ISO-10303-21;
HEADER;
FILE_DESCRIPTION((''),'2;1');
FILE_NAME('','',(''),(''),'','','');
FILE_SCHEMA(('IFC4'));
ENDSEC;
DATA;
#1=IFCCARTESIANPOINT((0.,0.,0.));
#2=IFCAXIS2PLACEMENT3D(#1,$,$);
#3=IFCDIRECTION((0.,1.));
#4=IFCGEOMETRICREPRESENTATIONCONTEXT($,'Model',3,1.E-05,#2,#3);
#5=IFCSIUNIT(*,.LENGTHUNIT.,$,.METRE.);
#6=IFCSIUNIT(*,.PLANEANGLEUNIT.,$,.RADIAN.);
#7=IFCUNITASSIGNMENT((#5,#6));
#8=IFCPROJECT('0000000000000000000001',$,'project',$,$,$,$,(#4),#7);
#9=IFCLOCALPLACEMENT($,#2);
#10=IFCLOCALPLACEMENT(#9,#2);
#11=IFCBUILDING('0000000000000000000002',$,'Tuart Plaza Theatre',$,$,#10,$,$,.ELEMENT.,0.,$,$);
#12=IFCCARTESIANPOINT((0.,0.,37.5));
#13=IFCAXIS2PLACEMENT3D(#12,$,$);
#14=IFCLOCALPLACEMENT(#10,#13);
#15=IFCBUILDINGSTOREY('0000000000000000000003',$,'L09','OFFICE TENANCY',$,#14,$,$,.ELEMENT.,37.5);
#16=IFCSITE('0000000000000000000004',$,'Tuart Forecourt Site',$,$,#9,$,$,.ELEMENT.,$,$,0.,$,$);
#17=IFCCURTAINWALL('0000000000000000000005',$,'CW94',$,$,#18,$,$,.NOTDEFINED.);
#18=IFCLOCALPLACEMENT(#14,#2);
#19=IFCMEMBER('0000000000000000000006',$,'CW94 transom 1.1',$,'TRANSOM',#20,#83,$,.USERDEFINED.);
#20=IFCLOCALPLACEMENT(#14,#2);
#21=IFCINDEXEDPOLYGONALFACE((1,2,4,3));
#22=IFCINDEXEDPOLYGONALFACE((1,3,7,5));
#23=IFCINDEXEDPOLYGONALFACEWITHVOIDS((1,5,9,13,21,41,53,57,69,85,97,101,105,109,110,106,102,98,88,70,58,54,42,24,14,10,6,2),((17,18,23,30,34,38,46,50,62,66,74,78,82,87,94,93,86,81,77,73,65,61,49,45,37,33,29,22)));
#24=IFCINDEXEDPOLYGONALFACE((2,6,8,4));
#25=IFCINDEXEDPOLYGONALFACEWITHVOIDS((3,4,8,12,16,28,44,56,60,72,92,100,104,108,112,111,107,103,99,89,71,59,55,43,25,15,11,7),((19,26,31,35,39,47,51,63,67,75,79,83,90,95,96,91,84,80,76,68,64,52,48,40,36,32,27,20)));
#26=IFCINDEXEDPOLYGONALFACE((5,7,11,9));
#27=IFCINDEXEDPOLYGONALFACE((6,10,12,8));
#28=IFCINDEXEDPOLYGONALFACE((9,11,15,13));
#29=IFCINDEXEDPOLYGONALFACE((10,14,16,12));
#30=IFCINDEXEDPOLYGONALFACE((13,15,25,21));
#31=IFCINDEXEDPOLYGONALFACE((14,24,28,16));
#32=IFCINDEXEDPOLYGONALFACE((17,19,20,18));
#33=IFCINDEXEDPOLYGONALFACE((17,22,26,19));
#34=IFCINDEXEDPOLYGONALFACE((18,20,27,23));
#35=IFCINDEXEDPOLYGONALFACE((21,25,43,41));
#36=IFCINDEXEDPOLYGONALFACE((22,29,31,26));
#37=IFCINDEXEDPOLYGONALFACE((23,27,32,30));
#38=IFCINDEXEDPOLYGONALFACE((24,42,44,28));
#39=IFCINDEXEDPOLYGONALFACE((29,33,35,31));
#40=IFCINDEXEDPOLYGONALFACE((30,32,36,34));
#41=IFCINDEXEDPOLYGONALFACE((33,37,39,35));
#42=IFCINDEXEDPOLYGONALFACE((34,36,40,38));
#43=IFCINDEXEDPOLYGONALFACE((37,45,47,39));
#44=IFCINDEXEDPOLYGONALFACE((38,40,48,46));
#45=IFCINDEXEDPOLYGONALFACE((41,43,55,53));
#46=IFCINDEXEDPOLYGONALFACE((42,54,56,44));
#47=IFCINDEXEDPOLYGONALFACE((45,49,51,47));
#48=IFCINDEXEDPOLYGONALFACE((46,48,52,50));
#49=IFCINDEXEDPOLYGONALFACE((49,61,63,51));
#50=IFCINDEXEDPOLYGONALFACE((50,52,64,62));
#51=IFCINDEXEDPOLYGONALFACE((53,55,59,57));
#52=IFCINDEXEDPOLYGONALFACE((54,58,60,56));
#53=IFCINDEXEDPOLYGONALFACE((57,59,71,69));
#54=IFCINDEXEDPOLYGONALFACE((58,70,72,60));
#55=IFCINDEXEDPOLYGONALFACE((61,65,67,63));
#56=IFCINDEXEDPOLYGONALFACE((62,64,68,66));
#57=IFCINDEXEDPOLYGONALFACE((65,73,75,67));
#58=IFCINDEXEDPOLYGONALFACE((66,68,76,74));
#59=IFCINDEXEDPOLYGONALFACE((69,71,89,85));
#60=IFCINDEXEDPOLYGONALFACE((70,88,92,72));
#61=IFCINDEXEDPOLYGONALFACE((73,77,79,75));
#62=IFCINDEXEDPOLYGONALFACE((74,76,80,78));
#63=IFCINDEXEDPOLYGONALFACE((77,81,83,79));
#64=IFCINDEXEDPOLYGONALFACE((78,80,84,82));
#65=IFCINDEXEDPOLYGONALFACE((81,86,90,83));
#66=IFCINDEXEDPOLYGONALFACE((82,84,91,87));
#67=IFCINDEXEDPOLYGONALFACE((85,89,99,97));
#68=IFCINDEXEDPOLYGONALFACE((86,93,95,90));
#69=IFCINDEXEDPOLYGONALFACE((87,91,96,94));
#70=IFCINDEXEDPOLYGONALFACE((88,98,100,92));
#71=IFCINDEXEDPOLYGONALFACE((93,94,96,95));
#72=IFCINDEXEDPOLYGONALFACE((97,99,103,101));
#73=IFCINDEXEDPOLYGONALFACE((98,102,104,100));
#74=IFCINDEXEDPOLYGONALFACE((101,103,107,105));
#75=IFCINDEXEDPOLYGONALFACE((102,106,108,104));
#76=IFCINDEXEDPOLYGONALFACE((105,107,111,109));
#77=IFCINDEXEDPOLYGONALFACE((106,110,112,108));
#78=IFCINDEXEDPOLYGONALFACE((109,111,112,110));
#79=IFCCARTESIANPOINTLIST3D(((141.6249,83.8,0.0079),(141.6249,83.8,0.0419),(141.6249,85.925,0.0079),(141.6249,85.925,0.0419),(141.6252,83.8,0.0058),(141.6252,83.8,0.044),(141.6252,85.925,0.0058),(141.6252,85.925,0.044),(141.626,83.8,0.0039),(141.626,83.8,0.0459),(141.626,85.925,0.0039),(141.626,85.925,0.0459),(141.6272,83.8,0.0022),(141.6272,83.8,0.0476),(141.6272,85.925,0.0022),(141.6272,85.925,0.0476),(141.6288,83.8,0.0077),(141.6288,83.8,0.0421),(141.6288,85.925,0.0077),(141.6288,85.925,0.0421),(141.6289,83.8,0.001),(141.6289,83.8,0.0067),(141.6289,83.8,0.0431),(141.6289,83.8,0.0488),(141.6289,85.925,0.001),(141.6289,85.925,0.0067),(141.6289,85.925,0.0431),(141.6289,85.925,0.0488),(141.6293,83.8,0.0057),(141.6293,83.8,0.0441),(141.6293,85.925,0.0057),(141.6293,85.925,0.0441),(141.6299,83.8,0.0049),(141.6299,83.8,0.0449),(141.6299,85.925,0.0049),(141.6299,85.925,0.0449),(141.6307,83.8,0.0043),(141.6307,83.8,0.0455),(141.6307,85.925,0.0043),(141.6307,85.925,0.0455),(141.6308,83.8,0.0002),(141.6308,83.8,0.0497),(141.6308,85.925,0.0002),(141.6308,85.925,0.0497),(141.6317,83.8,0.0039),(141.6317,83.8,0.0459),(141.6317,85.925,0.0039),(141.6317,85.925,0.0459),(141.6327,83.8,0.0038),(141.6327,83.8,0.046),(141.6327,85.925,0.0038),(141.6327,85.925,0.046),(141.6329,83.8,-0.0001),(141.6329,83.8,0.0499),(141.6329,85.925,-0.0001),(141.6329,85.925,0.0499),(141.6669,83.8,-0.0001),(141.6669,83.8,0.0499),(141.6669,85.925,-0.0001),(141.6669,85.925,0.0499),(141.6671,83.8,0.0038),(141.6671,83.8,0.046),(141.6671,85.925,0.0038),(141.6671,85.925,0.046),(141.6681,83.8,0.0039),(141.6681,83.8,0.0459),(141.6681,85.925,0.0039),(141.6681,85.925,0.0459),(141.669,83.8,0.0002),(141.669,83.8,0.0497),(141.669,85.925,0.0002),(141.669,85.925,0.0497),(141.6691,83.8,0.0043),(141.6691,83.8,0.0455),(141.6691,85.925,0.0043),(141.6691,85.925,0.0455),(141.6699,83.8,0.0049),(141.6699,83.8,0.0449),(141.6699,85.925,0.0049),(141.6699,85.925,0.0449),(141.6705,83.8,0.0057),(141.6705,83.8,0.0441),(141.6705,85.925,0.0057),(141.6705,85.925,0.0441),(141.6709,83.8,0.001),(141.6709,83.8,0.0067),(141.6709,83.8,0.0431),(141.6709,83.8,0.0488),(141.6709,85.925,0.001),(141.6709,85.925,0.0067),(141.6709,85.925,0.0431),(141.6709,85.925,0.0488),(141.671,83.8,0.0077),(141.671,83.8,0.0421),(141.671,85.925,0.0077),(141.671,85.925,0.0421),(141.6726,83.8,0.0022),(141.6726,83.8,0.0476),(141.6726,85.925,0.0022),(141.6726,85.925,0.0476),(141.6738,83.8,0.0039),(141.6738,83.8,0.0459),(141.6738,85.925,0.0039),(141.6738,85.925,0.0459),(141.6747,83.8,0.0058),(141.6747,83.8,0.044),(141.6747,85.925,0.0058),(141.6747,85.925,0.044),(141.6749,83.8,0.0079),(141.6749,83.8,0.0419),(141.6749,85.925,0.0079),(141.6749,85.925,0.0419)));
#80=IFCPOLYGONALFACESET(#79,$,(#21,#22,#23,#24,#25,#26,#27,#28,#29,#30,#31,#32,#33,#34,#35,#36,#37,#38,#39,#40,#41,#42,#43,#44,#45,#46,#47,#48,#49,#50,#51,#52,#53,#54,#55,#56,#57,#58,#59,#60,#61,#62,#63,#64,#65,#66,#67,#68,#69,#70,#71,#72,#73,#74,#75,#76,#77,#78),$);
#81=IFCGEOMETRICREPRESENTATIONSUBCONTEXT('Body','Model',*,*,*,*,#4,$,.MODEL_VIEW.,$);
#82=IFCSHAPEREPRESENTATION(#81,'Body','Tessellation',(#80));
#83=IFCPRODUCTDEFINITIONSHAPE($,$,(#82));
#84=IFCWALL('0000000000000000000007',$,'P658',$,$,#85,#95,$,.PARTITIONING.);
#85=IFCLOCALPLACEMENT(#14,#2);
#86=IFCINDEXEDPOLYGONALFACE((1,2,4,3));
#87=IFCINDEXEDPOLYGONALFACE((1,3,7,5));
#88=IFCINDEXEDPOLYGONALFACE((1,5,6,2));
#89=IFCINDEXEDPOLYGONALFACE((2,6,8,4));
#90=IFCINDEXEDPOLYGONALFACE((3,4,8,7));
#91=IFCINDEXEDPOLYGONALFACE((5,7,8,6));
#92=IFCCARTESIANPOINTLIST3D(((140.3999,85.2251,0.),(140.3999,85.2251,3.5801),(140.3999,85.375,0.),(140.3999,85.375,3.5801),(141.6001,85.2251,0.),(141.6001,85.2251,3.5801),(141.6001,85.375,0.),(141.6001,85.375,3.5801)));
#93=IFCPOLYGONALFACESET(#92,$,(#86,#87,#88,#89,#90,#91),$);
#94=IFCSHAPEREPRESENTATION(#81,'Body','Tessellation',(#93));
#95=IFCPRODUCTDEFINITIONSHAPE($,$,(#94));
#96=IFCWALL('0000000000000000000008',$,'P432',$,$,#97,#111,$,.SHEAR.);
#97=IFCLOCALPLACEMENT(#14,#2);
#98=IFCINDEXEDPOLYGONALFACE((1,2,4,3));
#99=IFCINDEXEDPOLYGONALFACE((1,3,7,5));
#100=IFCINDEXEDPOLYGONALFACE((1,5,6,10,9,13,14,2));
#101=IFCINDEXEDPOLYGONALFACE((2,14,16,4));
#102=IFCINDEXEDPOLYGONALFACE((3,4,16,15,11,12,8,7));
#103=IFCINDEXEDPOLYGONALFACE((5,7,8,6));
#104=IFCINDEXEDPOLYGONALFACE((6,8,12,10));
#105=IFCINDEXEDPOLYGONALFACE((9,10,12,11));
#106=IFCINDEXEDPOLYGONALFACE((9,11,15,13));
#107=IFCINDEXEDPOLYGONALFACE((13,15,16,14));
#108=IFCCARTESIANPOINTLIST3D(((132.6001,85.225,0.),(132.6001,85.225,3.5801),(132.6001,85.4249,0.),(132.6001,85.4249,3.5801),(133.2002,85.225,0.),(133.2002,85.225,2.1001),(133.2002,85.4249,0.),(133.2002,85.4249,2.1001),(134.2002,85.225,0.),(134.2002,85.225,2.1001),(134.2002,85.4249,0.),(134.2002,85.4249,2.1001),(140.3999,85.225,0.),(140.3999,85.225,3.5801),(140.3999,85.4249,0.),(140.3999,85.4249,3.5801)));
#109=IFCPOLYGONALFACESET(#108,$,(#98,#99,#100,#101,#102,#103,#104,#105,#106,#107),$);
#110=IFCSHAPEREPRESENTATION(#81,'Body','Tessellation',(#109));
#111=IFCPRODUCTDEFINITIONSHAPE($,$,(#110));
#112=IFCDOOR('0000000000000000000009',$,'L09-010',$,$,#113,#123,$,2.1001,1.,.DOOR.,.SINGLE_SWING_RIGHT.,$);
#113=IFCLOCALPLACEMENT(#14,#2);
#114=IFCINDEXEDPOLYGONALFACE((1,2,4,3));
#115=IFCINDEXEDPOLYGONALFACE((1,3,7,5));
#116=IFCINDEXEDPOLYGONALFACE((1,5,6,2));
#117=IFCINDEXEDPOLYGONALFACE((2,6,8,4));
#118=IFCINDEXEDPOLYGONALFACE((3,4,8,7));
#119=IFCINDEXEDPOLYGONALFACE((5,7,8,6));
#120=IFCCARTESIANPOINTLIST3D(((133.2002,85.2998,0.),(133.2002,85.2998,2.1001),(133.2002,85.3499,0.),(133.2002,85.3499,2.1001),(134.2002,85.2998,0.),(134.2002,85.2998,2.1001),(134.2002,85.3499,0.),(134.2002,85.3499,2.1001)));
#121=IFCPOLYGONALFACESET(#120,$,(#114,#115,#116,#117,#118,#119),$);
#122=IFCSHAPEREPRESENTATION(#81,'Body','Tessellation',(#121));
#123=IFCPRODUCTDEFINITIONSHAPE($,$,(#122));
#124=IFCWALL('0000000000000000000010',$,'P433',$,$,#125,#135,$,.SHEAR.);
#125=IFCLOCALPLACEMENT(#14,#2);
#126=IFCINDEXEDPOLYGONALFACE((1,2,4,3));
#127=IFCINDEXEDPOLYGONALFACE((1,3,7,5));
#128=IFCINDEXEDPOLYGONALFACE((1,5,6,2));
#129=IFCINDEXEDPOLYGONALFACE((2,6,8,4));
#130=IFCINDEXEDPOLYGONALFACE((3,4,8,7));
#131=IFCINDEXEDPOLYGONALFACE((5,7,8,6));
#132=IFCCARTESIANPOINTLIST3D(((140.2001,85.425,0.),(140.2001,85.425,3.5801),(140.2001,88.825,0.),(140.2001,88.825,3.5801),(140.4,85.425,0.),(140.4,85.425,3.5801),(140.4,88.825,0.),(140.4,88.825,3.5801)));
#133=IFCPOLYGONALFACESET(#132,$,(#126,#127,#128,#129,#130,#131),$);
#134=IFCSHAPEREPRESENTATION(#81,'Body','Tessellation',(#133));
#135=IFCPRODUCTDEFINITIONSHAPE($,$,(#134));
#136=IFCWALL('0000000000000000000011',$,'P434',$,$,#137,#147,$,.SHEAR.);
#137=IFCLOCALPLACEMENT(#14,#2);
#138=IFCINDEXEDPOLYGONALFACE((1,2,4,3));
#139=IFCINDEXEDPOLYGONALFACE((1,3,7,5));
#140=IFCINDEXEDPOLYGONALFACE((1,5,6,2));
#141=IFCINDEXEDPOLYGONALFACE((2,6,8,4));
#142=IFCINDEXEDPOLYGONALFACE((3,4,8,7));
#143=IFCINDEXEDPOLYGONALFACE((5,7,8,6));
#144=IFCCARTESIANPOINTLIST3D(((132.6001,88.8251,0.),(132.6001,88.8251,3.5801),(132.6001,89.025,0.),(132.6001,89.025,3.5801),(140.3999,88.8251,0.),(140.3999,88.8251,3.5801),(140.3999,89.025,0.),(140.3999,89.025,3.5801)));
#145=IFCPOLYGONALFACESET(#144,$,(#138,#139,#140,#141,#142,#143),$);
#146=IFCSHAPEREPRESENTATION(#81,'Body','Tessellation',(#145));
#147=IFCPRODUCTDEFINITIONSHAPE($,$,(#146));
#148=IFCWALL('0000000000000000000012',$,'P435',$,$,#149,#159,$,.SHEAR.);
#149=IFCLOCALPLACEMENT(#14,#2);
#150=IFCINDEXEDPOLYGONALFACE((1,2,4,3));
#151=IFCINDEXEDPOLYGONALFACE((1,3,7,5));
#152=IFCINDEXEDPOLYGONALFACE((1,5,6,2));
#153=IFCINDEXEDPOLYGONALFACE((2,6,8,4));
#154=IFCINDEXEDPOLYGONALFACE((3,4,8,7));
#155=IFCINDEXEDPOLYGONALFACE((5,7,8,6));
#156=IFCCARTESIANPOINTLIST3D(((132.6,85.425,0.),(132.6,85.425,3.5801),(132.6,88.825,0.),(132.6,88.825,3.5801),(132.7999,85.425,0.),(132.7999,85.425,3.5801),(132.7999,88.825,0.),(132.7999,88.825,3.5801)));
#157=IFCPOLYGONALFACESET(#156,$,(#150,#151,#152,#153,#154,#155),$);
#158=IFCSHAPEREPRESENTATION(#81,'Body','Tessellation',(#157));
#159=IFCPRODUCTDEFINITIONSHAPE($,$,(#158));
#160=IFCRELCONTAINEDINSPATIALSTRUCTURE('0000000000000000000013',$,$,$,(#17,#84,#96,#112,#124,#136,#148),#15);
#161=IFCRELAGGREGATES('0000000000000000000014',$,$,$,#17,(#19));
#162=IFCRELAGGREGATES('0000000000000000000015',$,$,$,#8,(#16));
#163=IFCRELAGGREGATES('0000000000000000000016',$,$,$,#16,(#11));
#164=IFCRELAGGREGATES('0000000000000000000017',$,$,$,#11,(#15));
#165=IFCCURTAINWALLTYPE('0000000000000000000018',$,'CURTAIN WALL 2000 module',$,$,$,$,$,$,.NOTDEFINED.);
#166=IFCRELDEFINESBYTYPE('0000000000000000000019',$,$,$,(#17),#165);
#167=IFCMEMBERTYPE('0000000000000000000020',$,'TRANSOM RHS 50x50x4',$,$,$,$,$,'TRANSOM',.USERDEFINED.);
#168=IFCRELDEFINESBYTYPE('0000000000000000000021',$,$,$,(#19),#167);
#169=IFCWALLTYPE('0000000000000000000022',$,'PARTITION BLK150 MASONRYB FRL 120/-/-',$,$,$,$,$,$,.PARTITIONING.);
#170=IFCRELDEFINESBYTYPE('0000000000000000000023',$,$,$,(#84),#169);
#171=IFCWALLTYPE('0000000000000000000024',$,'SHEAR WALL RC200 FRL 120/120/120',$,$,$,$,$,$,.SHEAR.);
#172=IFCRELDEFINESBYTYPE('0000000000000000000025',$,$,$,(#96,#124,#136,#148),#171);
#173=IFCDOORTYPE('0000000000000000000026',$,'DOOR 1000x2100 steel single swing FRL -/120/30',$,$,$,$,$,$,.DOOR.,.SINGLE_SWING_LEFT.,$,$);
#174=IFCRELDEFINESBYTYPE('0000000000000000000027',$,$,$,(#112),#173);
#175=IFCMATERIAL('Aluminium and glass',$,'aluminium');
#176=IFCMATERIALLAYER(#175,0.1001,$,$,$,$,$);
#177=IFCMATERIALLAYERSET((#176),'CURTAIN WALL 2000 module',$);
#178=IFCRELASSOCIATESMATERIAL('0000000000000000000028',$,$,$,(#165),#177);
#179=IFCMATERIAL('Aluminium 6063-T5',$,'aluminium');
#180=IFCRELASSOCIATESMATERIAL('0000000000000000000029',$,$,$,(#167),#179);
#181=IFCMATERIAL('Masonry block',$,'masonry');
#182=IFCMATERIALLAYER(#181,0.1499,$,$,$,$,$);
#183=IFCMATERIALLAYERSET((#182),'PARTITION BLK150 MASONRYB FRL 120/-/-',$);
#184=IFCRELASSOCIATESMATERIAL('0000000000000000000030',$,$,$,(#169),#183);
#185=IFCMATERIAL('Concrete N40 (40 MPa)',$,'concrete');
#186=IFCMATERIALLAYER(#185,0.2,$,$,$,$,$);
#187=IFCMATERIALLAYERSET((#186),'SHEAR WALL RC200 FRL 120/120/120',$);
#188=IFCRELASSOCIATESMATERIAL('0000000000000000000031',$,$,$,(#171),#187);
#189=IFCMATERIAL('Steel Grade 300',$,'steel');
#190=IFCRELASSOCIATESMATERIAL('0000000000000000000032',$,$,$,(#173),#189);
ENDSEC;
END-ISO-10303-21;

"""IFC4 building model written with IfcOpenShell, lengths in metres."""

from ifc_helpers import new_model, si_unit, direction, frame, frame_2d, origin, origin_2d, place, context, subcontext, project, spatial, rectangle, hollow_rectangle, extrude, material, layer, layer_set, material_profile, profile_set, type_object, element, fill, aggregate, save


model = new_model("IFC4")

# Units and contexts
model_context = context("Model", 3, precision=1e-05, world=origin(), true_north=direction((0.0, 1.0)))
body_context = subcontext(model_context, "Body", "Model", "MODEL_VIEW")
ifc_project = project(units=[si_unit("LENGTHUNIT", "METRE"), si_unit("PLANEANGLEUNIT", "RADIAN")], contexts=[model_context])

# Site, building, storey
site_placement = place(None, origin())
site = spatial("IfcSite", under=ifc_project, at=site_placement, Name="Tuart Forecourt Site", CompositionType="ELEMENT", RefElevation=0.0)
building_placement = place(site_placement, origin())
building = spatial("IfcBuilding", under=site, at=building_placement, Name="Tuart Plaza Theatre", CompositionType="ELEMENT", ElevationOfRefHeight=0.0)
storey_placement = place(building_placement, frame((0.0, 0.0, 37.5)))
storey = spatial("IfcBuildingStorey", under=building, at=storey_placement, Name="L09", Description="OFFICE TENANCY", CompositionType="ELEMENT", Elevation=37.5)

# Shared definitions
ifc_material_1 = material(Name="Aluminium and glass", Category="aluminium")
ifc_layer_1 = layer(ifc_material_1, 0.1001)
ifc_layer_set_1 = layer_set([ifc_layer_1], Name="CURTAIN WALL 2000 module")
curtain_wall_type = type_object("IfcCurtainWallType", Name="CURTAIN WALL 2000 module", PredefinedType="NOTDEFINED", material=ifc_layer_set_1)

# Curtain wall, member
curtain_wall_1_placement = place(storey_placement, origin())
curtain_wall_1 = element("IfcCurtainWall", 1, at=curtain_wall_1_placement, inside=storey, type_object=curtain_wall_type, Name="CW94", PredefinedType="NOTDEFINED")
ifc_material_2 = material(Name="Aluminium 6063-T5", Category="aluminium")
ifc_material_profile_1 = material_profile(ifc_material_2, hollow_rectangle(XDim=0.05, YDim=0.05, WallThickness=0.0039, InnerFilletRadius=0.0039, OuterFilletRadius=0.0081, at=origin_2d()), Name="RHS 50x50x4")
ifc_profile_set_1 = profile_set([ifc_material_profile_1], Name="Aluminium 6063-T5")
member_type_1 = type_object("IfcMemberType", Name="TRANSOM RHS 50x50x4", ElementType="TRANSOM", PredefinedType="USERDEFINED", material=ifc_profile_set_1)
member_1_placement = place(storey_placement, frame((141.6499, 83.8, 0.0249), z_axis=(0.0, 1.0, 0.0), x_axis=(-1.0, 0.0, 0.0)))
member_1 = element("IfcMember", 2, at=member_1_placement, type_object=member_type_1, Name="CW94 transom 1.1", ObjectType="TRANSOM", PredefinedType="USERDEFINED", context=body_context, shape_type="SweptSolid", body=[
    extrude(hollow_rectangle(XDim=0.05, YDim=0.05, WallThickness=0.0039, InnerFilletRadius=0.0039, OuterFilletRadius=0.0081, at=origin_2d()), origin(), (0.0, 0.0, 1.0), 2.125),
])
aggregate(curtain_wall_1, [member_1])

# Wall
ifc_material_3 = material(Name="Masonry block", Category="masonry")
ifc_layer_2 = layer(ifc_material_3, 0.1499)
ifc_layer_set_2 = layer_set([ifc_layer_2], Name="PARTITION BLK150 MASONRYB FRL 120/-/-")
wall_type_1 = type_object("IfcWallType", Name="PARTITION BLK150 MASONRYB FRL 120/-/-", PredefinedType="PARTITIONING", material=ifc_layer_set_2)
wall_1_placement = place(storey_placement, frame((140.3999, 85.3, 0.0), z_axis=(0.0, 0.0, 1.0), x_axis=(1.0, 0.0, 0.0)))
element("IfcWall", 3, at=wall_1_placement, inside=storey, type_object=wall_type_1, Name="P658", PredefinedType="PARTITIONING", context=body_context, shape_type="SweptSolid", body=[
    extrude(rectangle(XDim=1.2002, YDim=0.1499, at=frame_2d((0.6001, 0.0))), origin(), (0.0, 0.0, 1.0), 3.5801),
])

# Wall, opening, door
ifc_material_4 = material(Name="Concrete N40 (40 MPa)", Category="concrete")
ifc_layer_3 = layer(ifc_material_4, 0.2)
ifc_layer_set_3 = layer_set([ifc_layer_3], Name="SHEAR WALL RC200 FRL 120/120/120")
wall_type_2 = type_object("IfcWallType", Name="SHEAR WALL RC200 FRL 120/120/120", PredefinedType="SHEAR", material=ifc_layer_set_3)
wall_2_placement = place(storey_placement, frame((132.6001, 85.325, 0.0), z_axis=(0.0, 0.0, 1.0), x_axis=(1.0, 0.0, 0.0)))
wall_2 = element("IfcWall", 4, at=wall_2_placement, inside=storey, type_object=wall_type_2, Name="P432", PredefinedType="SHEAR", context=body_context, shape_type="SweptSolid", body=[
    extrude(rectangle(XDim=7.7998, YDim=0.2, at=frame_2d((3.8999, 0.0))), origin(), (0.0, 0.0, 1.0), 3.5801),
])
opening_placement = place(wall_2_placement, frame((0.6001, 0.0, 0.0)))
opening = element("IfcOpeningElement", 5, at=opening_placement, cuts=wall_2, PredefinedType="OPENING", context=body_context, shape_type="SweptSolid", body=[
    extrude(rectangle(XDim=1.0, YDim=2.1001, at=frame_2d((0.5, 1.05))), frame((0.0, 0.1099, 0.0), z_axis=(0.0, -1.0, 0.0), x_axis=(1.0, 0.0, 0.0)), (0.0, 0.0, 1.0), 0.22),
])
ifc_material_5 = material(Name="Steel Grade 300", Category="steel")
door_type = type_object("IfcDoorType", Name="DOOR 1000x2100 steel single swing FRL -/120/30", OperationType="SINGLE_SWING_LEFT", PredefinedType="DOOR", material=ifc_material_5)
door_placement = place(opening_placement, origin())
door = element("IfcDoor", 6, at=door_placement, inside=storey, type_object=door_type, Name="L09-010", OperationType="SINGLE_SWING_RIGHT", OverallHeight=2.1001, OverallWidth=1.0, PredefinedType="DOOR", context=body_context, shape_type="SweptSolid", body=[
    extrude(rectangle(XDim=1.0, YDim=2.1001, at=frame_2d((0.5, 1.05))), frame((0.0, 0.0249, 0.0), z_axis=(0.0, -1.0, 0.0), x_axis=(1.0, 0.0, 0.0)), (0.0, 0.0, 1.0), 0.05),
])
fill(opening, door)

# Walls
wall_3_placement = place(storey_placement, frame((140.3, 85.425, 0.0), z_axis=(0.0, 0.0, 1.0), x_axis=(0.0, 1.0, 0.0)))
element("IfcWall", 7, at=wall_3_placement, inside=storey, type_object=wall_type_2, Name="P433", PredefinedType="SHEAR", context=body_context, shape_type="SweptSolid", body=[
    extrude(rectangle(XDim=3.3999, YDim=0.2, at=frame_2d((1.7, 0.0))), origin(), (0.0, 0.0, 1.0), 3.5801),
])
wall_4_placement = place(storey_placement, frame((140.3999, 88.925, 0.0), z_axis=(0.0, 0.0, 1.0), x_axis=(-1.0, 0.0, 0.0)))
element("IfcWall", 8, at=wall_4_placement, inside=storey, type_object=wall_type_2, Name="P434", PredefinedType="SHEAR", context=body_context, shape_type="SweptSolid", body=[
    extrude(rectangle(XDim=7.7998, YDim=0.2, at=frame_2d((3.8999, 0.0))), origin(), (0.0, 0.0, 1.0), 3.5801),
])
wall_5_placement = place(storey_placement, frame((132.7, 88.825, 0.0), z_axis=(0.0, 0.0, 1.0), x_axis=(0.0, -1.0, 0.0)))
element("IfcWall", 9, at=wall_5_placement, inside=storey, type_object=wall_type_2, Name="P435", PredefinedType="SHEAR", context=body_context, shape_type="SweptSolid", body=[
    extrude(rectangle(XDim=3.3999, YDim=0.2, at=frame_2d((1.7, 0.0))), origin(), (0.0, 0.0, 1.0), 3.5801),
])

save(model, "model.ifc")
